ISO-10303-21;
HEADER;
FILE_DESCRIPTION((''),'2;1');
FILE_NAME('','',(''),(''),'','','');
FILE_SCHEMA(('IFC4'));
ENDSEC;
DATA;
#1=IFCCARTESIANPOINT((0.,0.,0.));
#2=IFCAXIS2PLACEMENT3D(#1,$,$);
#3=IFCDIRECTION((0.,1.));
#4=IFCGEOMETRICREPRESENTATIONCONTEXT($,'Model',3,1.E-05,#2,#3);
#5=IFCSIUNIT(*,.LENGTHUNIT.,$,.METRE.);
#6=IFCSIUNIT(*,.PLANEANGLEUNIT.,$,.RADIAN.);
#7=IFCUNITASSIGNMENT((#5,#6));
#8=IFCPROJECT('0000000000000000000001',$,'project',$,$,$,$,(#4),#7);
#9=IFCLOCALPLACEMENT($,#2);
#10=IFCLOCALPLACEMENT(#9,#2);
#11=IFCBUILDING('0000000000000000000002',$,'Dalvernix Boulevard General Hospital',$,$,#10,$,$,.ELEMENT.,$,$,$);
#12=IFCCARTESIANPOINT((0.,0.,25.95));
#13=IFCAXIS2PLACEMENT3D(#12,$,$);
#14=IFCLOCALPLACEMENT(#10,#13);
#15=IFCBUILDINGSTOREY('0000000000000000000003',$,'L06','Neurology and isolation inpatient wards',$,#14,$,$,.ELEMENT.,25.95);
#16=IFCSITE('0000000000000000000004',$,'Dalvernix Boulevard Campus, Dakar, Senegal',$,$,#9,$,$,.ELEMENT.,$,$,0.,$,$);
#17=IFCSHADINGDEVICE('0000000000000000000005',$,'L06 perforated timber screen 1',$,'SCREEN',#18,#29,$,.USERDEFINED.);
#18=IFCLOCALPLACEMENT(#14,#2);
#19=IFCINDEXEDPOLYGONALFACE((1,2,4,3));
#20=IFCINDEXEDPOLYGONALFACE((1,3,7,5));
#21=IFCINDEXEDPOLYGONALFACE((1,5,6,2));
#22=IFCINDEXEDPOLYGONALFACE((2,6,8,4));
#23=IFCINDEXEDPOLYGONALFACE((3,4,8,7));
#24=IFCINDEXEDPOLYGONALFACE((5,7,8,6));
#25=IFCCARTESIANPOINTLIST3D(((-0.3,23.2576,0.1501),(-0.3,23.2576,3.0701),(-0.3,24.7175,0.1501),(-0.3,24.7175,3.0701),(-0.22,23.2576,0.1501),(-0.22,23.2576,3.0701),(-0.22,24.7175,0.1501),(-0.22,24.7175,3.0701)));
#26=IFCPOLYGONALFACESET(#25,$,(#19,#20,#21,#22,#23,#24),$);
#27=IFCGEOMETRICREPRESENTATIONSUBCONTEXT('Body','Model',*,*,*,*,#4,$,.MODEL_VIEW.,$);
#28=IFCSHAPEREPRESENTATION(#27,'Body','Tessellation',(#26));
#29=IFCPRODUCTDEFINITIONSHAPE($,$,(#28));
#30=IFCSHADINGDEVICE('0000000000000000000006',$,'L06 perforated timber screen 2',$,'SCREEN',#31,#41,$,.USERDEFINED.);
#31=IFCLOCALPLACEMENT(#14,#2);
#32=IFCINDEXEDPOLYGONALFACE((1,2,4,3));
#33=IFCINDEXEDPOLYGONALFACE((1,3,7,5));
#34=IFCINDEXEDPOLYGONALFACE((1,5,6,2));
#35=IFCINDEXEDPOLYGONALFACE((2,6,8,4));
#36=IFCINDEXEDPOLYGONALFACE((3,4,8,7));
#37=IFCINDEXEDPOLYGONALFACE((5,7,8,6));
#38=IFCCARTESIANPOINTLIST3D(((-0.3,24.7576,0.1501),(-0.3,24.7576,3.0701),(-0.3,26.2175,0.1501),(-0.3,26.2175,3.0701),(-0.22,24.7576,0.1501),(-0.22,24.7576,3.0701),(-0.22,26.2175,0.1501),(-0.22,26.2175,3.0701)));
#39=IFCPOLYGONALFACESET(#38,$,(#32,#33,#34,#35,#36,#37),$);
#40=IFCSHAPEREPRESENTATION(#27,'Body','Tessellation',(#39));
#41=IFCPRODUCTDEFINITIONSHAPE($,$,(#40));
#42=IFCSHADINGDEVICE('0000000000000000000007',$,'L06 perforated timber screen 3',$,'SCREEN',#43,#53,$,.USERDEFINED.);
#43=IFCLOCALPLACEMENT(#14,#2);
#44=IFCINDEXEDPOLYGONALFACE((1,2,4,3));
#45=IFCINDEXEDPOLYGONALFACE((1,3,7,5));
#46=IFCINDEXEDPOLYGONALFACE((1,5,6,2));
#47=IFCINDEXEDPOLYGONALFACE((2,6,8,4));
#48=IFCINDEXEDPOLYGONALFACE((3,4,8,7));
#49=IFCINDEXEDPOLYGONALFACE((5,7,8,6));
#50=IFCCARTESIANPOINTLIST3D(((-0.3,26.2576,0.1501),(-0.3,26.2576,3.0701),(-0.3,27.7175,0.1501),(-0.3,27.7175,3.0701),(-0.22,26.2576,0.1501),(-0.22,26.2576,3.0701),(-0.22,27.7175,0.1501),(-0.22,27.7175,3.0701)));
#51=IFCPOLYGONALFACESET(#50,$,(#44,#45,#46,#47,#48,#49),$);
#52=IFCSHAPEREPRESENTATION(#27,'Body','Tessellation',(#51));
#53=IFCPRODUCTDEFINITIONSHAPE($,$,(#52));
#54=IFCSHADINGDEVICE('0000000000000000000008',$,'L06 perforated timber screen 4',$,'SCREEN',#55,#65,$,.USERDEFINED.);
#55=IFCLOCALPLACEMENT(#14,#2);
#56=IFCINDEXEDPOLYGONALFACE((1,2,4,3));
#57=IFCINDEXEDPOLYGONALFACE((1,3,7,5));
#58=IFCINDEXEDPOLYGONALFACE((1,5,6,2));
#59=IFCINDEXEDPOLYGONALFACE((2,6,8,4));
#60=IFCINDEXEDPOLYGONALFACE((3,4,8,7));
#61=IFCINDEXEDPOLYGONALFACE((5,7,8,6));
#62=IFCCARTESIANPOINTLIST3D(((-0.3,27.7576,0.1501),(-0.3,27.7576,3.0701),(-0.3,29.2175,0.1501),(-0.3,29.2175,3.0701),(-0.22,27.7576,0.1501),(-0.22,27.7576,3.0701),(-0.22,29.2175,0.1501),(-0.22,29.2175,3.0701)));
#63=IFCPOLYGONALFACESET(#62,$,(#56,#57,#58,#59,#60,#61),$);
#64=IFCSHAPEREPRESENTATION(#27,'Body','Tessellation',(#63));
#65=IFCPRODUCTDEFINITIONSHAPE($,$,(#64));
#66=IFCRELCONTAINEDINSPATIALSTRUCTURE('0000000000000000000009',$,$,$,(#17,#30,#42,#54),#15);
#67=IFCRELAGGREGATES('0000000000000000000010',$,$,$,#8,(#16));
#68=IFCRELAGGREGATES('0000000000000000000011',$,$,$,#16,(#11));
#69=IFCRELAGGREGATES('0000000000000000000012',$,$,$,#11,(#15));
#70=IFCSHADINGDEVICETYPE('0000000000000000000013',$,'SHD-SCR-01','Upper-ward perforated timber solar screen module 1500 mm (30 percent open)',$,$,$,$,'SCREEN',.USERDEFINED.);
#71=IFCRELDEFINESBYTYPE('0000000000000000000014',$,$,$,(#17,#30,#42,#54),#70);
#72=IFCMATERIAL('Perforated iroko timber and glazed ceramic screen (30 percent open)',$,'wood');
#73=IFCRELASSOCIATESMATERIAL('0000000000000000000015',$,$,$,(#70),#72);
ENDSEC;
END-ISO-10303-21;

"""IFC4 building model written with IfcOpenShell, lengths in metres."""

from ifc_helpers import new_model, si_unit, direction, frame, origin, origin_2d, place, context, subcontext, project, spatial, rectangle, extrude, material, type_object, element, save


model = new_model("IFC4")

# Units and contexts
model_context = context("Model", 3, precision=1e-05, world=origin(), true_north=direction((0.0, 1.0)))
body_context = subcontext(model_context, "Body", "Model", "MODEL_VIEW")
ifc_project = project(units=[si_unit("LENGTHUNIT", "METRE"), si_unit("PLANEANGLEUNIT", "RADIAN")], contexts=[model_context])

# Site, building, storey
site_placement = place(None, origin())
site = spatial("IfcSite", under=ifc_project, at=site_placement, Name="Dalvernix Boulevard Campus, Dakar, Senegal", CompositionType="ELEMENT", RefElevation=0.0)
building_placement = place(site_placement, origin())
building = spatial("IfcBuilding", under=site, at=building_placement, Name="Dalvernix Boulevard General Hospital", CompositionType="ELEMENT")
storey_placement = place(building_placement, frame((0.0, 0.0, 25.95)))
storey = spatial("IfcBuildingStorey", under=building, at=storey_placement, Name="L06", Description="Neurology and isolation inpatient wards", CompositionType="ELEMENT", Elevation=25.95)

# Shading devices
ifc_material_1 = material(Name="Perforated iroko timber and glazed ceramic screen (30 percent open)", Category="wood")
shading_device_type = type_object("IfcShadingDeviceType", Name="SHD-SCR-01", Description="Upper-ward perforated timber solar screen module 1500 mm (30 percent open)", ElementType="SCREEN", PredefinedType="USERDEFINED", material=ifc_material_1)
for number, where, z_axis, x_axis, name in (
    (1, (-0.26, 23.9875, 0.1501), (0.0, 0.0, 1.0), (0.0, 1.0, 0.0), "L06 perforated timber screen 1"),
    (2, (-0.26, 25.4875, 0.1501), (0.0, 0.0, 1.0), (0.0, 1.0, 0.0), "L06 perforated timber screen 2"),
    (3, (-0.26, 26.9875, 0.1501), (0.0, 0.0, 1.0), (0.0, 1.0, 0.0), "L06 perforated timber screen 3"),
    (4, (-0.26, 28.4875, 0.1501), (0.0, 0.0, 1.0), (0.0, 1.0, 0.0), "L06 perforated timber screen 4"),
):
    element("IfcShadingDevice", number, at=place(storey_placement, frame(where, z_axis=z_axis, x_axis=x_axis)), inside=storey, type_object=shading_device_type, Name=name, ObjectType="SCREEN", PredefinedType="USERDEFINED", context=body_context, shape_type="SweptSolid", body=[
        extrude(rectangle(XDim=1.46, YDim=0.0801, at=origin_2d()), origin(), (0.0, 0.0, 1.0), 2.9199),
    ])

save(model, "model.ifc")
